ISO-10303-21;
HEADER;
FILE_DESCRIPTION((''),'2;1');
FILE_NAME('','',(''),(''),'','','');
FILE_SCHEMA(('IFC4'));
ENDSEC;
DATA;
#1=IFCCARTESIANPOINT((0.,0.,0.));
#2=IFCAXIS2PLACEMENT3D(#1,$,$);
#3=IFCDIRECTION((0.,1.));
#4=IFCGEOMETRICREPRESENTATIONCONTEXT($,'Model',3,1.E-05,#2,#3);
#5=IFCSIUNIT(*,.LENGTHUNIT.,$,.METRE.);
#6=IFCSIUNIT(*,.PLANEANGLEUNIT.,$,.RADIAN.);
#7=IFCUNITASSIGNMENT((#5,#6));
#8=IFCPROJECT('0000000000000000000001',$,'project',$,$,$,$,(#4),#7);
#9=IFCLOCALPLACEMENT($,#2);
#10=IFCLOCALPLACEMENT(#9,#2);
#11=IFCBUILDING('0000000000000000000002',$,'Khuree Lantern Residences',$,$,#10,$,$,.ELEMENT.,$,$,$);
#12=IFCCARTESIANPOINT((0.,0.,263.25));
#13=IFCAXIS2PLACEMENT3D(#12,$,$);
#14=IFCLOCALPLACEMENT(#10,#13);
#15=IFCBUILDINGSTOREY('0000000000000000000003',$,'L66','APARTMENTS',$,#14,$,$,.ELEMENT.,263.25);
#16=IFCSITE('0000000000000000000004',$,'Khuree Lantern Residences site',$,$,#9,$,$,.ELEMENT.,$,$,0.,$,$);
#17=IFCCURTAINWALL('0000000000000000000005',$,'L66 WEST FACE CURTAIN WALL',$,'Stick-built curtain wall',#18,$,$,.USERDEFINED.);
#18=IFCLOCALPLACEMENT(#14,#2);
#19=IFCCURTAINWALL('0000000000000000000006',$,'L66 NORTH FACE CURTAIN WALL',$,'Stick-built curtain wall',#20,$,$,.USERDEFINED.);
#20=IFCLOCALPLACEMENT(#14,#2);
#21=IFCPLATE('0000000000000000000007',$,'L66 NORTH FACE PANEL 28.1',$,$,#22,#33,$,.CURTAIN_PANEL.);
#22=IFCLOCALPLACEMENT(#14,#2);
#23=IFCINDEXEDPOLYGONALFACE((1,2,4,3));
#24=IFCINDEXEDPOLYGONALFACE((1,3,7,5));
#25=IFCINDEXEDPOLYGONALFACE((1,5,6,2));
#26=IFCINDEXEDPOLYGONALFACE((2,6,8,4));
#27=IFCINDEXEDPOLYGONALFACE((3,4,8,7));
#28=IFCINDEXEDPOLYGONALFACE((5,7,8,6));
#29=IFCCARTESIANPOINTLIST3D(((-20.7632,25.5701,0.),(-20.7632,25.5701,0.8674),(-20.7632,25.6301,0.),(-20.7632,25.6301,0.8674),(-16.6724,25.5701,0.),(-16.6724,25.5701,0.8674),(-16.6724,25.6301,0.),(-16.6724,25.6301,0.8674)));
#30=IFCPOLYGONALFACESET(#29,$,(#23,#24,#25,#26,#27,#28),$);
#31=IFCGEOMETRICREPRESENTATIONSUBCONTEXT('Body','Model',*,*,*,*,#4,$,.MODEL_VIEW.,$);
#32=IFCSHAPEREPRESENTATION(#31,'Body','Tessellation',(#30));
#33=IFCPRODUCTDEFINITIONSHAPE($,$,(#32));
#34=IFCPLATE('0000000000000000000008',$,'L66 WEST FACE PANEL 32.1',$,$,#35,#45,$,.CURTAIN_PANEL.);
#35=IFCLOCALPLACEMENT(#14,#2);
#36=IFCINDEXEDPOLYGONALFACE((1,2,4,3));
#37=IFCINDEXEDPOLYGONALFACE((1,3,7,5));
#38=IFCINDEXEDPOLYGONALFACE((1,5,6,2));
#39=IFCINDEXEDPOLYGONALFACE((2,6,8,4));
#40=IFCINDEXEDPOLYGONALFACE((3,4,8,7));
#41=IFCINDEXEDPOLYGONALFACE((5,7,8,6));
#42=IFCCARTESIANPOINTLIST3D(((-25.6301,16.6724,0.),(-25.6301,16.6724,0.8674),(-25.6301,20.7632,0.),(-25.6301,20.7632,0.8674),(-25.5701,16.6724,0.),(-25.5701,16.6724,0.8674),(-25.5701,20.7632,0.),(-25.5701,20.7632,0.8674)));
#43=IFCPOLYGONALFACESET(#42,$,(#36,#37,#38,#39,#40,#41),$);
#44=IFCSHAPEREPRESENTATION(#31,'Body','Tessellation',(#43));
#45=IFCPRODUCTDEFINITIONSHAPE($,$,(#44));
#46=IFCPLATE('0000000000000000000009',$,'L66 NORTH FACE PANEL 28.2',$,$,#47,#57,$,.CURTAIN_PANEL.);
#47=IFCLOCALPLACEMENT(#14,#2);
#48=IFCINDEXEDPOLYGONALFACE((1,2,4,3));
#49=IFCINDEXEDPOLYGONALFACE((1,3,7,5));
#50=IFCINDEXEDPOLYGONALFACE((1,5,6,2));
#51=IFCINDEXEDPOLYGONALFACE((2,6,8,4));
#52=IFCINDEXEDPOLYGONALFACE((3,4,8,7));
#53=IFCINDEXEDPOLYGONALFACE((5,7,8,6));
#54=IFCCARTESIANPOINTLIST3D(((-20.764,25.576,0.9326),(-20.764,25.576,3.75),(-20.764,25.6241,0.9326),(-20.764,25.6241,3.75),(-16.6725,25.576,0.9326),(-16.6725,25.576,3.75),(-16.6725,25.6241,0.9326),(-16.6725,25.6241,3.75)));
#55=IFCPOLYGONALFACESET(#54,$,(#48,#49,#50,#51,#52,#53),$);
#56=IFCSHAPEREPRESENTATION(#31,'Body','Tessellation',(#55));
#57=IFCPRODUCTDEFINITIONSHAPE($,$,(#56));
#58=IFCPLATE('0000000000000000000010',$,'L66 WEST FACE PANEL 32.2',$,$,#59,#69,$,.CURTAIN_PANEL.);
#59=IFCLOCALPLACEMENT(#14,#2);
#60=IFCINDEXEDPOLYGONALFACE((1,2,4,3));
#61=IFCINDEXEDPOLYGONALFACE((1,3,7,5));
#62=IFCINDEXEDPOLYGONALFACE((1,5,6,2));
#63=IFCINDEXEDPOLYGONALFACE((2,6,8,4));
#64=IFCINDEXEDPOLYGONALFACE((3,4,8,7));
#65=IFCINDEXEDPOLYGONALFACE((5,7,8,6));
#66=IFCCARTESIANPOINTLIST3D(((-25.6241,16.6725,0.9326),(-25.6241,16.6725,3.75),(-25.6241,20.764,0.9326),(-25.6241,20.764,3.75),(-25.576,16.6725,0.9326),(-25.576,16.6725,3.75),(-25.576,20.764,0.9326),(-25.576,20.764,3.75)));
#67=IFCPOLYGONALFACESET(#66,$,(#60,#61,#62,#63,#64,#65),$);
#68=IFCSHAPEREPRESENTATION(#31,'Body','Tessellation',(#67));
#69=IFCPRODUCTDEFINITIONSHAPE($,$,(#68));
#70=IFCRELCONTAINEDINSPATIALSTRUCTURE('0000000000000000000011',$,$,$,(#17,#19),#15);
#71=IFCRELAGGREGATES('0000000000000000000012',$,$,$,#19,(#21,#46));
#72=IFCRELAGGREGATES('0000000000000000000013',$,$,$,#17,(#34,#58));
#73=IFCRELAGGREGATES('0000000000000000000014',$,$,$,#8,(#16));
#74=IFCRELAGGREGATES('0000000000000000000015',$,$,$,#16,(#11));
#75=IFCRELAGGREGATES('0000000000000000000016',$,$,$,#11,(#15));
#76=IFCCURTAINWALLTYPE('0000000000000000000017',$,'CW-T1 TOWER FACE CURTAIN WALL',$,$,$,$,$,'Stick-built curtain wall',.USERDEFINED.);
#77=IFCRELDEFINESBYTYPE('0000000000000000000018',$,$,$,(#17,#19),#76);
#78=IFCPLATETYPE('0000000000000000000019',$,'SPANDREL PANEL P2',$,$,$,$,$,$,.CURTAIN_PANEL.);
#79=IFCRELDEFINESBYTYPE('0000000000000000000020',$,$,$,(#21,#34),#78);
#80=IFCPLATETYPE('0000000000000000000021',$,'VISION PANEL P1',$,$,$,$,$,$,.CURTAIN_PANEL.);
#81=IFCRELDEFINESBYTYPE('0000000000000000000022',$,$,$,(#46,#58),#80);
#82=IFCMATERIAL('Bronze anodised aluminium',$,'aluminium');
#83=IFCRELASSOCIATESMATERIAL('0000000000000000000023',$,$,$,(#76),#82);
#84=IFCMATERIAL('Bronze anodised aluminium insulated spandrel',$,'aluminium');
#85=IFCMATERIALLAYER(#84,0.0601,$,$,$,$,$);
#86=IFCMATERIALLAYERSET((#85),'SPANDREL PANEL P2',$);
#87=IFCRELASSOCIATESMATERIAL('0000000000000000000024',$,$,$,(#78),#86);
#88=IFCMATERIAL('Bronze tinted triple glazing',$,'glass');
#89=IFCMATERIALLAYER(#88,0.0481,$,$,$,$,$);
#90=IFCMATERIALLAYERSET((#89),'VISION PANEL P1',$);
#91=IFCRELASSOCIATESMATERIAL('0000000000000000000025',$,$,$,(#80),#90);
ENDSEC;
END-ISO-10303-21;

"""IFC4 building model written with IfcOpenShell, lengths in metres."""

from ifc_helpers import new_model, si_unit, direction, frame, origin, origin_2d, place, context, subcontext, project, spatial, rectangle, extrude, material, layer, layer_set, type_object, element, aggregate, save


model = new_model("IFC4")

# Units and contexts
model_context = context("Model", 3, precision=1e-05, world=origin(), true_north=direction((0.0, 1.0)))
body_context = subcontext(model_context, "Body", "Model", "MODEL_VIEW")
ifc_project = project(units=[si_unit("LENGTHUNIT", "METRE"), si_unit("PLANEANGLEUNIT", "RADIAN")], contexts=[model_context])

# Site, building, storey
site_placement = place(None, origin())
site = spatial("IfcSite", under=ifc_project, at=site_placement, Name="Khuree Lantern Residences site", CompositionType="ELEMENT", RefElevation=0.0)
building_placement = place(site_placement, origin())
building = spatial("IfcBuilding", under=site, at=building_placement, Name="Khuree Lantern Residences", CompositionType="ELEMENT")
storey_placement = place(building_placement, frame((0.0, 0.0, 263.25)))
storey = spatial("IfcBuildingStorey", under=building, at=storey_placement, Name="L66", Description="APARTMENTS", CompositionType="ELEMENT", Elevation=263.25)

# Shared definitions
ifc_material_1 = material(Name="Bronze anodised aluminium", Category="aluminium")

# Curtain walls
curtain_wall_type_1 = type_object("IfcCurtainWallType", Name="CW-T1 TOWER FACE CURTAIN WALL", ElementType="Stick-built curtain wall", PredefinedType="USERDEFINED", material=ifc_material_1)
curtain_wall_1_placement = place(storey_placement, origin())
curtain_wall_1 = element("IfcCurtainWall", 1, at=curtain_wall_1_placement, inside=storey, type_object=curtain_wall_type_1, Name="L66 WEST FACE CURTAIN WALL", ObjectType="Stick-built curtain wall", PredefinedType="USERDEFINED")
curtain_wall_2_placement = place(storey_placement, origin())
curtain_wall_2 = element("IfcCurtainWall", 2, at=curtain_wall_2_placement, inside=storey, type_object=curtain_wall_type_1, Name="L66 NORTH FACE CURTAIN WALL", ObjectType="Stick-built curtain wall", PredefinedType="USERDEFINED")

# Plates
ifc_material_2 = material(Name="Bronze tinted triple glazing", Category="glass")
ifc_material_3 = material(Name="Bronze anodised aluminium insulated spandrel", Category="aluminium")
ifc_layer_1 = layer(ifc_material_3, 0.0601)
ifc_layer_set_1 = layer_set([ifc_layer_1], Name="SPANDREL PANEL P2")
plate_type_1 = type_object("IfcPlateType", Name="SPANDREL PANEL P2", PredefinedType="CURTAIN_PANEL", material=ifc_layer_set_1)
plate_1_placement = place(storey_placement, frame((-18.7178, 25.6001, 0.0), z_axis=(0.0, 0.0, 1.0), x_axis=(-1.0, 0.0, 0.0)))
plate_1 = element("IfcPlate", 3, at=plate_1_placement, type_object=plate_type_1, Name="L66 NORTH FACE PANEL 28.1", PredefinedType="CURTAIN_PANEL", context=body_context, shape_type="SweptSolid", body=[
    extrude(rectangle(XDim=4.0908, YDim=0.0601, at=origin_2d()), origin(), (0.0, 0.0, 1.0), 0.8674),
])
plate_2_placement = place(storey_placement, frame((-25.6001, 18.7178, 0.0), z_axis=(0.0, 0.0, 1.0), x_axis=(0.0, -1.0, 0.0)))
plate_2 = element("IfcPlate", 4, at=plate_2_placement, type_object=plate_type_1, Name="L66 WEST FACE PANEL 32.1", PredefinedType="CURTAIN_PANEL", context=body_context, shape_type="SweptSolid", body=[
    extrude(rectangle(XDim=4.0908, YDim=0.0601, at=origin_2d()), origin(), (0.0, 0.0, 1.0), 0.8674),
])
ifc_layer_2 = layer(ifc_material_2, 0.0481)
ifc_layer_set_2 = layer_set([ifc_layer_2], Name="VISION PANEL P1")
plate_type_2 = type_object("IfcPlateType", Name="VISION PANEL P1", PredefinedType="CURTAIN_PANEL", material=ifc_layer_set_2)
plate_3_placement = place(storey_placement, frame((-18.7183, 25.6001, 0.9326), z_axis=(0.0, 0.0, 1.0), x_axis=(-1.0, 0.0, 0.0)))
plate_3 = element("IfcPlate", 5, at=plate_3_placement, type_object=plate_type_2, Name="L66 NORTH FACE PANEL 28.2", PredefinedType="CURTAIN_PANEL", context=body_context, shape_type="SweptSolid", body=[
    extrude(rectangle(XDim=4.0916, YDim=0.0481, at=origin_2d()), origin(), (0.0, 0.0, 1.0), 2.8174),
])
aggregate(curtain_wall_2, [plate_1, plate_3])
plate_4_placement = place(storey_placement, frame((-25.6001, 18.7183, 0.9326), z_axis=(0.0, 0.0, 1.0), x_axis=(0.0, -1.0, 0.0)))
plate_4 = element("IfcPlate", 6, at=plate_4_placement, type_object=plate_type_2, Name="L66 WEST FACE PANEL 32.2", PredefinedType="CURTAIN_PANEL", context=body_context, shape_type="SweptSolid", body=[
    extrude(rectangle(XDim=4.0916, YDim=0.0481, at=origin_2d()), origin(), (0.0, 0.0, 1.0), 2.8174),
])
aggregate(curtain_wall_1, [plate_2, plate_4])

save(model, "model.ifc")
